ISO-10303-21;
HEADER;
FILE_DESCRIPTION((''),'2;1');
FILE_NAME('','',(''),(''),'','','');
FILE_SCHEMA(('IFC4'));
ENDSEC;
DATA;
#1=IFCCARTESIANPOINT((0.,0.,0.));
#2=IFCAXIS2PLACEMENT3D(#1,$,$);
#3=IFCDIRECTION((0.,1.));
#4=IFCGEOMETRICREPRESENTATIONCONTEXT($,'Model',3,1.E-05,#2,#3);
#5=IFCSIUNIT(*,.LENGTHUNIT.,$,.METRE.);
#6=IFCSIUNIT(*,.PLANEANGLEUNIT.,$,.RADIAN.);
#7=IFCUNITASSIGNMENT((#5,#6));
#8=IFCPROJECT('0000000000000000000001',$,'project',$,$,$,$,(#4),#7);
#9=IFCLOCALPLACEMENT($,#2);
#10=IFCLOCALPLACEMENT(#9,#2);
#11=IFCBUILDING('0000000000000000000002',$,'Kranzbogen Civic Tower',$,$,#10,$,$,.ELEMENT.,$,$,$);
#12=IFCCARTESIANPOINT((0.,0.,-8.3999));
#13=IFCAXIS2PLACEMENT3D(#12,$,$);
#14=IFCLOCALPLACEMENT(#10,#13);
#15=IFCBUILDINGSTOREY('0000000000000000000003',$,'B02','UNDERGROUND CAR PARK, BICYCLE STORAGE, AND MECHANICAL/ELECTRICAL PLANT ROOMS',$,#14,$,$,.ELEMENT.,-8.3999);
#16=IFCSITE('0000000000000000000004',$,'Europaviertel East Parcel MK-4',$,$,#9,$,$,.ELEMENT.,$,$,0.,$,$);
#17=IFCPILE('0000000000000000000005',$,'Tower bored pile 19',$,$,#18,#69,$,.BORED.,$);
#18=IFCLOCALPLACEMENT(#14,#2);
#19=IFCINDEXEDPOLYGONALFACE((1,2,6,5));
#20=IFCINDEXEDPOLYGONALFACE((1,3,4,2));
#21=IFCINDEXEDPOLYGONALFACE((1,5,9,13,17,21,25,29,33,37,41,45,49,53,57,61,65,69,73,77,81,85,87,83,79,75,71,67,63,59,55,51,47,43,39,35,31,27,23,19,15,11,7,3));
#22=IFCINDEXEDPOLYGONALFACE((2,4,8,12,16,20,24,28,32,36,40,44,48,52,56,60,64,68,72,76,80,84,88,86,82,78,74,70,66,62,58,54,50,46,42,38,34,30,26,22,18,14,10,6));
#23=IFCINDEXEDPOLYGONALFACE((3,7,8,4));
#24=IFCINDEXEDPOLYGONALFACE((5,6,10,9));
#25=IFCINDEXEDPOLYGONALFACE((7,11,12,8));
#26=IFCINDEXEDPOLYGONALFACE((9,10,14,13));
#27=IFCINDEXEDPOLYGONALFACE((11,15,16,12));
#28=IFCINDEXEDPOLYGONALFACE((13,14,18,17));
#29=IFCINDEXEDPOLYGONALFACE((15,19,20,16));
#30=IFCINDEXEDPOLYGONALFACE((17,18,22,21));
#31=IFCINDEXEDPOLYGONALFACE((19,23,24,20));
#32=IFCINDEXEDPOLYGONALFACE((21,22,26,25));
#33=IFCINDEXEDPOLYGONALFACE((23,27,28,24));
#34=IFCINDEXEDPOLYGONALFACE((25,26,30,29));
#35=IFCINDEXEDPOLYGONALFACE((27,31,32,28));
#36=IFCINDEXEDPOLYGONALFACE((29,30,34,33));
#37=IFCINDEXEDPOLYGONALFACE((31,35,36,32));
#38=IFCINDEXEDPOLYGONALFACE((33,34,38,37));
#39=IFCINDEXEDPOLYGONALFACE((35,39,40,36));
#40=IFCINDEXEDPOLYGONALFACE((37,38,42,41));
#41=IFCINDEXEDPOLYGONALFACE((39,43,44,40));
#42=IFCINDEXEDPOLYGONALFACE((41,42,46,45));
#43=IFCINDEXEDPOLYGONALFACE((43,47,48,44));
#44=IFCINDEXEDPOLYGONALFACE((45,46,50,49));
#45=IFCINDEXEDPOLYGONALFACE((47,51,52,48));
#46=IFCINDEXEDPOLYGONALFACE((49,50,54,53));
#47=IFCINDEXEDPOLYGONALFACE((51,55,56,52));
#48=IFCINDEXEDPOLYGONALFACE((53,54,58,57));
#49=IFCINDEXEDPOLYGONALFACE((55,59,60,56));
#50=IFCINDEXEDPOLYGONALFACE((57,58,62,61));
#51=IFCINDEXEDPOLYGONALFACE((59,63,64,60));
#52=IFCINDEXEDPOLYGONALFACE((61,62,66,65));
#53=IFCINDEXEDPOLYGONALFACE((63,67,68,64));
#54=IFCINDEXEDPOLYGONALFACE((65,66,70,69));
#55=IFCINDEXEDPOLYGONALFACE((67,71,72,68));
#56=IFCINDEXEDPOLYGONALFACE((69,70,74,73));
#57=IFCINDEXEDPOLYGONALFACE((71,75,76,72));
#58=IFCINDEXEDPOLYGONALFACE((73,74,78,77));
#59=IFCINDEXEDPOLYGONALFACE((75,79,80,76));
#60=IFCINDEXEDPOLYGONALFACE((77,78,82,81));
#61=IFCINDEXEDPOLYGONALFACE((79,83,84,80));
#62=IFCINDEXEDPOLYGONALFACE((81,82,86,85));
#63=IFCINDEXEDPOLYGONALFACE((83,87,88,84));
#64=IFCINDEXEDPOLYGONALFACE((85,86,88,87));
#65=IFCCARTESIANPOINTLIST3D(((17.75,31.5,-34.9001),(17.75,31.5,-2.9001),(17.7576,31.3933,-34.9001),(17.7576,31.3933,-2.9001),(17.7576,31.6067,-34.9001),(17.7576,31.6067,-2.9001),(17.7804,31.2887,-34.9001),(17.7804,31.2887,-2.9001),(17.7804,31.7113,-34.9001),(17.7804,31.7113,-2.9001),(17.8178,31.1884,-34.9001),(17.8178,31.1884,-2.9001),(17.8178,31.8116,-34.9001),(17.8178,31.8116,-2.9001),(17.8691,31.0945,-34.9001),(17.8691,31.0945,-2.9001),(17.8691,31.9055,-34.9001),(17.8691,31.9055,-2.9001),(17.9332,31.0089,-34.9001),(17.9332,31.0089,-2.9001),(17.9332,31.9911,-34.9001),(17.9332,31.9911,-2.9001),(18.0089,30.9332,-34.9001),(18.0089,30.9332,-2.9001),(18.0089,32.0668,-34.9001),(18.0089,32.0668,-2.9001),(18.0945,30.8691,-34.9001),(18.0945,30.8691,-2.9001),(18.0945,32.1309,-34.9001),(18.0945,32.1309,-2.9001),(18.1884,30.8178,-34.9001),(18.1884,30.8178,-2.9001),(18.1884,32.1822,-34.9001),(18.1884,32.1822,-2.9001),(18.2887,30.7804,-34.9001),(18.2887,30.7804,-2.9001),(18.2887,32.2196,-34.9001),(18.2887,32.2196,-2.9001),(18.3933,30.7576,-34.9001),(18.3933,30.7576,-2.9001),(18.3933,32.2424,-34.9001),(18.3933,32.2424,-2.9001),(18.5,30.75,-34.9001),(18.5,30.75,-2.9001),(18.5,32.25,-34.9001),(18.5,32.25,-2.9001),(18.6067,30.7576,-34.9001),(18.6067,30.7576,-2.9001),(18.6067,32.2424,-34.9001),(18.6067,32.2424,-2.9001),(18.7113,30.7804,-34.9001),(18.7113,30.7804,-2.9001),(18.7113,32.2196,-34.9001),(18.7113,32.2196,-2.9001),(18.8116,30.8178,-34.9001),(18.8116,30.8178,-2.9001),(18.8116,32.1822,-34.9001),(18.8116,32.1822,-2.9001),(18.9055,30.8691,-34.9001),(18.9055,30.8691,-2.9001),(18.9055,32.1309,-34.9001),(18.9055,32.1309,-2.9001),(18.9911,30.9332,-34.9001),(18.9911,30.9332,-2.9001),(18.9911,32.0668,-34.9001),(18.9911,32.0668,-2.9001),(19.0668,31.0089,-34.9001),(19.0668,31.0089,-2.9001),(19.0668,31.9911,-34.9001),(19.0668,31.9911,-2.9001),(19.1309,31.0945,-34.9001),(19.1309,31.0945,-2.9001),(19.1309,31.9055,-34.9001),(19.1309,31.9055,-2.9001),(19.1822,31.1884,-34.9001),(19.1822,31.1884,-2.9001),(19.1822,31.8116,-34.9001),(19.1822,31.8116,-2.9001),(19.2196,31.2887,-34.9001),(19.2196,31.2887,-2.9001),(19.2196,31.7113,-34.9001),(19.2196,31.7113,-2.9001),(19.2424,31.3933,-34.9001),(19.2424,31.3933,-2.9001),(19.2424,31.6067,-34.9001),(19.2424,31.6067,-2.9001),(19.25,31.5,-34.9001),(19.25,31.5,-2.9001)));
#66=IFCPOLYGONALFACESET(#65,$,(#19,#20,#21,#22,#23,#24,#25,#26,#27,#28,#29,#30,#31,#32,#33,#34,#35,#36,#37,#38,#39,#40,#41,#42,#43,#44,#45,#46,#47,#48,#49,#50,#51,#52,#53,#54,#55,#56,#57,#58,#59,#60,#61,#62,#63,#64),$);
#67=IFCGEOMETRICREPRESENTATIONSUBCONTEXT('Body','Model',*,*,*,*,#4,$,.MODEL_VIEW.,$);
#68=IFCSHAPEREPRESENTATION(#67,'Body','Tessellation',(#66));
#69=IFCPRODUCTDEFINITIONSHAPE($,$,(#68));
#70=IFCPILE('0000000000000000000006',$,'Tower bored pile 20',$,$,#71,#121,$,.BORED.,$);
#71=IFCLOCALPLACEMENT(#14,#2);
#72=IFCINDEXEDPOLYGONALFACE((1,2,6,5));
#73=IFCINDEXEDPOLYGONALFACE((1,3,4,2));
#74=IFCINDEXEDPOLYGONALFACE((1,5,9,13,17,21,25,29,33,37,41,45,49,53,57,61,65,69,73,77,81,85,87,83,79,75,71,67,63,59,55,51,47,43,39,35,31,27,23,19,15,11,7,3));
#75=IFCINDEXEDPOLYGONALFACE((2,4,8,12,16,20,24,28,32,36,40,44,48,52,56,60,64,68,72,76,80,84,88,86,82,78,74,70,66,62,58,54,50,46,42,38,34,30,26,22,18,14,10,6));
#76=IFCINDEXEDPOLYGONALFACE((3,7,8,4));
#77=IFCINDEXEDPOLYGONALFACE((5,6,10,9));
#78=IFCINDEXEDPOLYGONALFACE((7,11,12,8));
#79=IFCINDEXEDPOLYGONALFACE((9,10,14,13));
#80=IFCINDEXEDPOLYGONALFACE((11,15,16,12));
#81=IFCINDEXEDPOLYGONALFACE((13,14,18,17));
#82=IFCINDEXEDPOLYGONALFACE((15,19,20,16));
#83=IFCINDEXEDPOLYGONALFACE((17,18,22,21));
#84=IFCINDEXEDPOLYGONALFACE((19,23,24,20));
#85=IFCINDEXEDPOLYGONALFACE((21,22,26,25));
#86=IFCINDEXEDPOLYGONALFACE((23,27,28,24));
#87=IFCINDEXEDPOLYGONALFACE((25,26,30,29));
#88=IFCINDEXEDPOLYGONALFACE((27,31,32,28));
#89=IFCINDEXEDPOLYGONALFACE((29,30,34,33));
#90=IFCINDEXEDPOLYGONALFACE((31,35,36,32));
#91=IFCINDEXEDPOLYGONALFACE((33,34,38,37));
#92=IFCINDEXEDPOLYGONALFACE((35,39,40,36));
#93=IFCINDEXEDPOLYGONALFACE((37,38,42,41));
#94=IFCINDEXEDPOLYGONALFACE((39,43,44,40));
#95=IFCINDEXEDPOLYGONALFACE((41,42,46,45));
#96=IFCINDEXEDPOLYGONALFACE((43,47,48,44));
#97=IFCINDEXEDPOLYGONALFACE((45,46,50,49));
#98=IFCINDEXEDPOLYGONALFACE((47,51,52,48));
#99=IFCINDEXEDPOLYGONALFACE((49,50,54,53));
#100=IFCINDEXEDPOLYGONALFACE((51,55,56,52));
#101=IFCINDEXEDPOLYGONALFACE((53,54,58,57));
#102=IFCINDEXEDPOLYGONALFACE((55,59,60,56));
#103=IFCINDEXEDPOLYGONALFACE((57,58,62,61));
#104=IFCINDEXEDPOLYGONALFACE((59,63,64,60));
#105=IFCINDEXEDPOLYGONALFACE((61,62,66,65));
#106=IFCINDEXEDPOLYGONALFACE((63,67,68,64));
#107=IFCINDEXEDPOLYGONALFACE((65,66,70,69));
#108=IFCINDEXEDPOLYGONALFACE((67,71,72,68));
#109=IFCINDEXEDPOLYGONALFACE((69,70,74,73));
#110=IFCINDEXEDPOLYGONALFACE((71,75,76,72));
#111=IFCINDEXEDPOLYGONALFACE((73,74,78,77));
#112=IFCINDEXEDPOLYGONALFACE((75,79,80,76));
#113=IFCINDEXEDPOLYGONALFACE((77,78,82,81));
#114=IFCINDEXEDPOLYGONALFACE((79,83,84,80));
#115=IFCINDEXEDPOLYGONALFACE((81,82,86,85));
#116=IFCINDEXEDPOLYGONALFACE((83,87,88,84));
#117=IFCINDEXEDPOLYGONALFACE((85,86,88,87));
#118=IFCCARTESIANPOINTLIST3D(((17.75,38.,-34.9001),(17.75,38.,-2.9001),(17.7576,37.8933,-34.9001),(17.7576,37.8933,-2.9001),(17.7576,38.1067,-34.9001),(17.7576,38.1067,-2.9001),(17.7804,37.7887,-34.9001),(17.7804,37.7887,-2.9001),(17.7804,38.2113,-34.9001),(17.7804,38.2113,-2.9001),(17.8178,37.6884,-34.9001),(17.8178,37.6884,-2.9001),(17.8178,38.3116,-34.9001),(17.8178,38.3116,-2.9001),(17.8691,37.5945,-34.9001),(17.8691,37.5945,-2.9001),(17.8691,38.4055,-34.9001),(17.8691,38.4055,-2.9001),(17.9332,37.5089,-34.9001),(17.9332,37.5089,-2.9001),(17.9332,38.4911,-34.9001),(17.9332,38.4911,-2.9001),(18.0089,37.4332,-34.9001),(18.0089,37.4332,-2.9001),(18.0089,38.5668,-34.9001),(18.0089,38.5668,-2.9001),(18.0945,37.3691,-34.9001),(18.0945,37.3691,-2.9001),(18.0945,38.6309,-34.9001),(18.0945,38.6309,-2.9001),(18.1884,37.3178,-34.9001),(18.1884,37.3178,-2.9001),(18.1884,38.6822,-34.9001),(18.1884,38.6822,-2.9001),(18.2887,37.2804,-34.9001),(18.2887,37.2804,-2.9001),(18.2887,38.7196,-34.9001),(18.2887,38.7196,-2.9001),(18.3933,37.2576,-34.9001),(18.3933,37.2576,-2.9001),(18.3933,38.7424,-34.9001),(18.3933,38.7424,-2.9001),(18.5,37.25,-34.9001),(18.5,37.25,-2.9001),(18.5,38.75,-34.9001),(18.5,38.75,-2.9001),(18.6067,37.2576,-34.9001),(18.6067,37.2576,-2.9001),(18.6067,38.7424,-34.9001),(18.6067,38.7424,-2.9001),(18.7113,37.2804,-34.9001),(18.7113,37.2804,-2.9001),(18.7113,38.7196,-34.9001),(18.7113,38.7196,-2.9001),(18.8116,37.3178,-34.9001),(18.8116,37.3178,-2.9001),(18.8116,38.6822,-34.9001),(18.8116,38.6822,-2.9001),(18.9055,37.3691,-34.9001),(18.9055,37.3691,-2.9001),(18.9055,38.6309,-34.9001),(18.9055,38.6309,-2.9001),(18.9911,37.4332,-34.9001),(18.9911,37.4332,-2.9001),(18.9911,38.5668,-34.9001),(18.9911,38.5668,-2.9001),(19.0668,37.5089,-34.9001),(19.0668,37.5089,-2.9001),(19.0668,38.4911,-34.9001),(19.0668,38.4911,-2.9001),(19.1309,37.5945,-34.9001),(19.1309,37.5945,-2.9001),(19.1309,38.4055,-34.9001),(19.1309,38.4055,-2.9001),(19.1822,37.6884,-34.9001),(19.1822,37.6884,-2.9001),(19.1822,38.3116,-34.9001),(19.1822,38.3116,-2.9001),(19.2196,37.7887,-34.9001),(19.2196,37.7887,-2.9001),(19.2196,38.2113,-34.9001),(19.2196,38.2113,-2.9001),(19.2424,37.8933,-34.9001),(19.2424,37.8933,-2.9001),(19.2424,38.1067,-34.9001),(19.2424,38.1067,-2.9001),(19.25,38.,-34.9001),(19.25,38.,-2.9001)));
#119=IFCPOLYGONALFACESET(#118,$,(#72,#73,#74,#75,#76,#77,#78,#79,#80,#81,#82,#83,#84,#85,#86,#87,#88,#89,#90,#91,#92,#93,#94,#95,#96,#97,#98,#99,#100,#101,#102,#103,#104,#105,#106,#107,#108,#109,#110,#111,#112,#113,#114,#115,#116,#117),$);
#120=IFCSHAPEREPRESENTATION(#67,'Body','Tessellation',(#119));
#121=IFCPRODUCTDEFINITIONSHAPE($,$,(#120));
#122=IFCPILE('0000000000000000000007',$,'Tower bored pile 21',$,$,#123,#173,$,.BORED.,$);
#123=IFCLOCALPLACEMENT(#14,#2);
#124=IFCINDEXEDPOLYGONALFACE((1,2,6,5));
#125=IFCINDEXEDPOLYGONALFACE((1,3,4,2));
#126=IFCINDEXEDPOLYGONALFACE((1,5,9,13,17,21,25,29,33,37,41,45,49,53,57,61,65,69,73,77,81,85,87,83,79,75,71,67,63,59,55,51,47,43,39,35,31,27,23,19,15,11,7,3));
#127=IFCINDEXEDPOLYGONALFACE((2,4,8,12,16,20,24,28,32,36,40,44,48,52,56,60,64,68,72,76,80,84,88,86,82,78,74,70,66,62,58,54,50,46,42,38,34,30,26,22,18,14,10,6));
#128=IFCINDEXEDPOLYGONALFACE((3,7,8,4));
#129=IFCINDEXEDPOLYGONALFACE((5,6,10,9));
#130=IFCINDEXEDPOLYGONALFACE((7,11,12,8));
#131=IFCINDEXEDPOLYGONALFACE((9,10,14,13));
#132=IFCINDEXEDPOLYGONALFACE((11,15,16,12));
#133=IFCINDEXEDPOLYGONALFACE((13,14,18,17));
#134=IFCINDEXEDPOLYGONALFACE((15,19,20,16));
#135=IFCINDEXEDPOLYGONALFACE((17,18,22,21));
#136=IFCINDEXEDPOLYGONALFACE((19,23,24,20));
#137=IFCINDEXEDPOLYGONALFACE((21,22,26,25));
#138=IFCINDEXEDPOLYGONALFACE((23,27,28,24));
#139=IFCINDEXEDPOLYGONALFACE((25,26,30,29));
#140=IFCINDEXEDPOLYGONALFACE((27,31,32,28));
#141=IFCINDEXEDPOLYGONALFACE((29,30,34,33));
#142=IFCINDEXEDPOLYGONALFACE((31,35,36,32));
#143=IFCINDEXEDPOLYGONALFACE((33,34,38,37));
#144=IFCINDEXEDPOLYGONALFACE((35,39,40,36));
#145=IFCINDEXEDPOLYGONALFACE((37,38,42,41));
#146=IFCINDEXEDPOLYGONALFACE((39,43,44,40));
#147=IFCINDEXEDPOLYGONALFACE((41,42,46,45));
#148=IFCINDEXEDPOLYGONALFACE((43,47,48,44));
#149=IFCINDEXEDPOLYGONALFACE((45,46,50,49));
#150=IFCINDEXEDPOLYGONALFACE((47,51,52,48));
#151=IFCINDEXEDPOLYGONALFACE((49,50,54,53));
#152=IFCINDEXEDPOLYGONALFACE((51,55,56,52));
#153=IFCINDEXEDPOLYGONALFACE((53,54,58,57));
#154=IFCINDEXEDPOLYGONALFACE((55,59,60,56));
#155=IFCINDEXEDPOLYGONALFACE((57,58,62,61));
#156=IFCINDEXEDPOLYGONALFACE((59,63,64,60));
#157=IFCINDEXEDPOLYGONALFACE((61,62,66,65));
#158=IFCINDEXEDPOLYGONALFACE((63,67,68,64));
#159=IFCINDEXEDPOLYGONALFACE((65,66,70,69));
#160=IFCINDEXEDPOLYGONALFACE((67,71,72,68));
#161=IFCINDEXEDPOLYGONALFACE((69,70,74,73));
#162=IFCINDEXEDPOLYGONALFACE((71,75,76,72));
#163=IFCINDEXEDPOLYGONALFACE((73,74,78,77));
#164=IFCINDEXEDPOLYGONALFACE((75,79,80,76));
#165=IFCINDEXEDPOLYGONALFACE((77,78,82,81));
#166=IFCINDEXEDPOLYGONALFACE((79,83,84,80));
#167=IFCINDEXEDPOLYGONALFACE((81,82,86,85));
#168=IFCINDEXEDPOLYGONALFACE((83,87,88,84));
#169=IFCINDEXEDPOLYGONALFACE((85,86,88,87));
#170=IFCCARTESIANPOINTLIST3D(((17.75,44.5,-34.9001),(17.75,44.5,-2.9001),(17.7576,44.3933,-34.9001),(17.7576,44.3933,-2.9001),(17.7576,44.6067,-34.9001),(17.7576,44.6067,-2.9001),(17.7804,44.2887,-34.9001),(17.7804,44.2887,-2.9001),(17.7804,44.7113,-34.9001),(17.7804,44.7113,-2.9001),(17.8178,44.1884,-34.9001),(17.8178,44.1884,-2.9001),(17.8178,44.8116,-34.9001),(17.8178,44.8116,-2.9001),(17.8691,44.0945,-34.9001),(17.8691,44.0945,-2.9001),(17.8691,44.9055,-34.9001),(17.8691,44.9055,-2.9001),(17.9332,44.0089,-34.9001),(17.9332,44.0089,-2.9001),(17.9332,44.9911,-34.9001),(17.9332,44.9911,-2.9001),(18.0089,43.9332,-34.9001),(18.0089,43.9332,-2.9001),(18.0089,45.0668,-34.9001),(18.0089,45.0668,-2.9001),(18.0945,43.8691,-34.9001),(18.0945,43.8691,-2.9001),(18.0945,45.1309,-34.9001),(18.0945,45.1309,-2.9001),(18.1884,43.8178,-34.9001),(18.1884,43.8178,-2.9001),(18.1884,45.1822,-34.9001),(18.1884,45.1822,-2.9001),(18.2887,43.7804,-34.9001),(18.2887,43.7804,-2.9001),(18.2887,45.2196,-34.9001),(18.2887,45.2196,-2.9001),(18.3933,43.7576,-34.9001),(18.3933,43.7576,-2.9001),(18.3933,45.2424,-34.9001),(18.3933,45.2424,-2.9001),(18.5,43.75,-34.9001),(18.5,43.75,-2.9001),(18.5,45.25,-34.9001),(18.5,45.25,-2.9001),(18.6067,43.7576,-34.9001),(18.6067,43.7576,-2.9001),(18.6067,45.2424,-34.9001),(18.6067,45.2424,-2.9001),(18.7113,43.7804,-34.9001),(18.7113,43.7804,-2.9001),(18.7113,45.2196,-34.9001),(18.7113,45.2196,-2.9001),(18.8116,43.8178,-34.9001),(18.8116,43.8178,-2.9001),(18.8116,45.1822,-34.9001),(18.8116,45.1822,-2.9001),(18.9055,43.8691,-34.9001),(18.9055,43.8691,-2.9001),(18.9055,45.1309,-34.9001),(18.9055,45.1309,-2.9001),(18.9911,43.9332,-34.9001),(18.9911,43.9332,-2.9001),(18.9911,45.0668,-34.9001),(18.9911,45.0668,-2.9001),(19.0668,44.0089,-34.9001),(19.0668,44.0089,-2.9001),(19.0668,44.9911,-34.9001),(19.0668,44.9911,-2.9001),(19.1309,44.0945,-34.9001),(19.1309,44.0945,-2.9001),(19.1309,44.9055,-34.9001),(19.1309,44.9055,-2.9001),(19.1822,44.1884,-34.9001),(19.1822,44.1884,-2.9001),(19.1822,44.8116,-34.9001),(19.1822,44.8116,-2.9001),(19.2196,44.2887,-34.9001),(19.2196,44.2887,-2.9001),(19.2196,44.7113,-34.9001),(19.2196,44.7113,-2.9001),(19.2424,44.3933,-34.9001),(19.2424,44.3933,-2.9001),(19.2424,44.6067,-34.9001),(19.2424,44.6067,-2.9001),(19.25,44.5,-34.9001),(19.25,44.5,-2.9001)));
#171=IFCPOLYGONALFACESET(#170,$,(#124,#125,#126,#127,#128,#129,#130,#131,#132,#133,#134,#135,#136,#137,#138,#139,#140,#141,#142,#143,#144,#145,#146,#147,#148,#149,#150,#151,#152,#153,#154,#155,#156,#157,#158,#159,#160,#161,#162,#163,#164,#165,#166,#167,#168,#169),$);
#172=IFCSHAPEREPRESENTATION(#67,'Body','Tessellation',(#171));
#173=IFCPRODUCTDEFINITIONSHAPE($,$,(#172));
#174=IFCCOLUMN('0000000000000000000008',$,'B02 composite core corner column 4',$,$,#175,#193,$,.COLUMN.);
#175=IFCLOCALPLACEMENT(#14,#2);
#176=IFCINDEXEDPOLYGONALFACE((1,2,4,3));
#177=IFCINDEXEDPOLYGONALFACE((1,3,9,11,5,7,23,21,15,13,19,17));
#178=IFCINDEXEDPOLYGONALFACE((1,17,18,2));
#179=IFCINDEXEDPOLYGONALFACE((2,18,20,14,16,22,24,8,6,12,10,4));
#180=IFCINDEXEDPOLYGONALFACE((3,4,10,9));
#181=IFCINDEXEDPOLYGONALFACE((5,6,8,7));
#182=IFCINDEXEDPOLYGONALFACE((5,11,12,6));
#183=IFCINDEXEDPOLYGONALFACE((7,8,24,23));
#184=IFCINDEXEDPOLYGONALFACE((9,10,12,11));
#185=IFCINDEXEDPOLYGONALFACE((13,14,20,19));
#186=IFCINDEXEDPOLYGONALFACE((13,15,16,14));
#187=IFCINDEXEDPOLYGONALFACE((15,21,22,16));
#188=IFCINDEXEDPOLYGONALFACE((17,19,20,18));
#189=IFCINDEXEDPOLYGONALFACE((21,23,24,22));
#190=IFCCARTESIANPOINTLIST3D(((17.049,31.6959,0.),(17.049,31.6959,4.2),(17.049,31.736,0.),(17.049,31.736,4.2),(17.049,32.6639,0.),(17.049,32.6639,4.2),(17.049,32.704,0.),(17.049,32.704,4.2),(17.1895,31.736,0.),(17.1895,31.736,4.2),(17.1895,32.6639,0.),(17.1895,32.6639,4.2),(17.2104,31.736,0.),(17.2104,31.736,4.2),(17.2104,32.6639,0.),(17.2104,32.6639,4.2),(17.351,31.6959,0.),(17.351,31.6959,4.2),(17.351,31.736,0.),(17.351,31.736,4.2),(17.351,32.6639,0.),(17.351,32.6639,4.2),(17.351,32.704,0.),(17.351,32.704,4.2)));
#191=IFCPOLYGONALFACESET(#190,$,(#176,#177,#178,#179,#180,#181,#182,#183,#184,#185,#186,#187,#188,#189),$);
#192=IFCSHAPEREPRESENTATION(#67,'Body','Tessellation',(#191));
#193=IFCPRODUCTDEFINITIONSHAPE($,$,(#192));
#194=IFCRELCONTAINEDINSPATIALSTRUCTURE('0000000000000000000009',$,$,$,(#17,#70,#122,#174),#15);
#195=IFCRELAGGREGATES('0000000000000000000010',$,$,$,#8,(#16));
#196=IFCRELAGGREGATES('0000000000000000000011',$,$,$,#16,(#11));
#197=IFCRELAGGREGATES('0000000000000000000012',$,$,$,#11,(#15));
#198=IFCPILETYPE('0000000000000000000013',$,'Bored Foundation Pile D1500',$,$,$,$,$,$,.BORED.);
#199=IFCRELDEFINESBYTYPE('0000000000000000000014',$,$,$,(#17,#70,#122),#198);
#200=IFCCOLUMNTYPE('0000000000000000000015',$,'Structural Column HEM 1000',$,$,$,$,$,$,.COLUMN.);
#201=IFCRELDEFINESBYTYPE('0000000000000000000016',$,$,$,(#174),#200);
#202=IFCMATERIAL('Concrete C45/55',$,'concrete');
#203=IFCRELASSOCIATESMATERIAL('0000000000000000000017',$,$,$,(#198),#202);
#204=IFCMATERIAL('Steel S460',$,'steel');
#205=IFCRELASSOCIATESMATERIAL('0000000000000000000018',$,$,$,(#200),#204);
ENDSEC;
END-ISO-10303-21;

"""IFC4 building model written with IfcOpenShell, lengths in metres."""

from ifc_helpers import new_model, si_unit, direction, frame, origin, origin_2d, place, context, subcontext, project, spatial, circle, i_section, extrude, material, material_profile, profile_set, type_object, element, save


model = new_model("IFC4")

# Units and contexts
model_context = context("Model", 3, precision=1e-05, world=origin(), true_north=direction((0.0, 1.0)))
body_context = subcontext(model_context, "Body", "Model", "MODEL_VIEW")
ifc_project = project(units=[si_unit("LENGTHUNIT", "METRE"), si_unit("PLANEANGLEUNIT", "RADIAN")], contexts=[model_context])

# Site, building, storey
site_placement = place(None, origin())
site = spatial("IfcSite", under=ifc_project, at=site_placement, Name="Europaviertel East Parcel MK-4", CompositionType="ELEMENT", RefElevation=0.0)
building_placement = place(site_placement, origin())
building = spatial("IfcBuilding", under=site, at=building_placement, Name="Kranzbogen Civic Tower", CompositionType="ELEMENT")
storey_placement = place(building_placement, frame((0.0, 0.0, -8.3999)))
storey = spatial("IfcBuildingStorey", under=building, at=storey_placement, Name="B02", Description="UNDERGROUND CAR PARK, BICYCLE STORAGE, AND MECHANICAL/ELECTRICAL PLANT ROOMS", CompositionType="ELEMENT", Elevation=-8.3999)

# Piles
ifc_material_1 = material(Name="Concrete C45/55", Category="concrete")
ifc_material_profile_1 = material_profile(ifc_material_1, circle(Radius=0.75, at=origin_2d()), Name="PILE D1500")
ifc_profile_set_1 = profile_set([ifc_material_profile_1], Name="Concrete C45/55")
pile_type = type_object("IfcPileType", Name="Bored Foundation Pile D1500", PredefinedType="BORED", material=ifc_profile_set_1)
for number, where, z_axis, x_axis, name in (
    (1, (18.5, 31.5, -2.9001), (0.0, 0.0, -1.0), (1.0, 0.0, 0.0), "Tower bored pile 19"),
    (2, (18.5, 38.0, -2.9001), (0.0, 0.0, -1.0), (1.0, 0.0, 0.0), "Tower bored pile 20"),
    (3, (18.5, 44.5, -2.9001), (0.0, 0.0, -1.0), (1.0, 0.0, 0.0), "Tower bored pile 21"),
):
    element("IfcPile", number, at=place(storey_placement, frame(where, z_axis=z_axis, x_axis=x_axis)), inside=storey, type_object=pile_type, Name=name, PredefinedType="BORED", context=body_context, shape_type="SweptSolid", body=[
        extrude(circle(Radius=0.75, at=origin_2d()), origin(), (0.0, 0.0, 1.0), 32.0),
    ])

# Column
ifc_material_2 = material(Name="Steel S460", Category="steel")
ifc_material_profile_2 = material_profile(ifc_material_2, i_section(OverallWidth=0.302, OverallDepth=1.0081, WebThickness=0.021, FlangeThickness=0.04, at=origin_2d()), Name="HEM 1000")
ifc_profile_set_2 = profile_set([ifc_material_profile_2], Name="Steel S460")
column_type_1 = type_object("IfcColumnType", Name="Structural Column HEM 1000", PredefinedType="COLUMN", material=ifc_profile_set_2)
for number, where, z_axis, x_axis, name in (
    (4, (17.2, 32.2, 0.0), (0.0, 0.0, 1.0), (1.0, 0.0, 0.0), "B02 composite core corner column 4"),
):
    element("IfcColumn", number, at=place(storey_placement, frame(where, z_axis=z_axis, x_axis=x_axis)), inside=storey, type_object=column_type_1, Name=name, PredefinedType="COLUMN", context=body_context, shape_type="SweptSolid", body=[
        extrude(i_section(OverallWidth=0.302, OverallDepth=1.0081, WebThickness=0.021, FlangeThickness=0.04, at=origin_2d()), origin(), (0.0, 0.0, 1.0), 4.2),
    ])

save(model, "model.ifc")
